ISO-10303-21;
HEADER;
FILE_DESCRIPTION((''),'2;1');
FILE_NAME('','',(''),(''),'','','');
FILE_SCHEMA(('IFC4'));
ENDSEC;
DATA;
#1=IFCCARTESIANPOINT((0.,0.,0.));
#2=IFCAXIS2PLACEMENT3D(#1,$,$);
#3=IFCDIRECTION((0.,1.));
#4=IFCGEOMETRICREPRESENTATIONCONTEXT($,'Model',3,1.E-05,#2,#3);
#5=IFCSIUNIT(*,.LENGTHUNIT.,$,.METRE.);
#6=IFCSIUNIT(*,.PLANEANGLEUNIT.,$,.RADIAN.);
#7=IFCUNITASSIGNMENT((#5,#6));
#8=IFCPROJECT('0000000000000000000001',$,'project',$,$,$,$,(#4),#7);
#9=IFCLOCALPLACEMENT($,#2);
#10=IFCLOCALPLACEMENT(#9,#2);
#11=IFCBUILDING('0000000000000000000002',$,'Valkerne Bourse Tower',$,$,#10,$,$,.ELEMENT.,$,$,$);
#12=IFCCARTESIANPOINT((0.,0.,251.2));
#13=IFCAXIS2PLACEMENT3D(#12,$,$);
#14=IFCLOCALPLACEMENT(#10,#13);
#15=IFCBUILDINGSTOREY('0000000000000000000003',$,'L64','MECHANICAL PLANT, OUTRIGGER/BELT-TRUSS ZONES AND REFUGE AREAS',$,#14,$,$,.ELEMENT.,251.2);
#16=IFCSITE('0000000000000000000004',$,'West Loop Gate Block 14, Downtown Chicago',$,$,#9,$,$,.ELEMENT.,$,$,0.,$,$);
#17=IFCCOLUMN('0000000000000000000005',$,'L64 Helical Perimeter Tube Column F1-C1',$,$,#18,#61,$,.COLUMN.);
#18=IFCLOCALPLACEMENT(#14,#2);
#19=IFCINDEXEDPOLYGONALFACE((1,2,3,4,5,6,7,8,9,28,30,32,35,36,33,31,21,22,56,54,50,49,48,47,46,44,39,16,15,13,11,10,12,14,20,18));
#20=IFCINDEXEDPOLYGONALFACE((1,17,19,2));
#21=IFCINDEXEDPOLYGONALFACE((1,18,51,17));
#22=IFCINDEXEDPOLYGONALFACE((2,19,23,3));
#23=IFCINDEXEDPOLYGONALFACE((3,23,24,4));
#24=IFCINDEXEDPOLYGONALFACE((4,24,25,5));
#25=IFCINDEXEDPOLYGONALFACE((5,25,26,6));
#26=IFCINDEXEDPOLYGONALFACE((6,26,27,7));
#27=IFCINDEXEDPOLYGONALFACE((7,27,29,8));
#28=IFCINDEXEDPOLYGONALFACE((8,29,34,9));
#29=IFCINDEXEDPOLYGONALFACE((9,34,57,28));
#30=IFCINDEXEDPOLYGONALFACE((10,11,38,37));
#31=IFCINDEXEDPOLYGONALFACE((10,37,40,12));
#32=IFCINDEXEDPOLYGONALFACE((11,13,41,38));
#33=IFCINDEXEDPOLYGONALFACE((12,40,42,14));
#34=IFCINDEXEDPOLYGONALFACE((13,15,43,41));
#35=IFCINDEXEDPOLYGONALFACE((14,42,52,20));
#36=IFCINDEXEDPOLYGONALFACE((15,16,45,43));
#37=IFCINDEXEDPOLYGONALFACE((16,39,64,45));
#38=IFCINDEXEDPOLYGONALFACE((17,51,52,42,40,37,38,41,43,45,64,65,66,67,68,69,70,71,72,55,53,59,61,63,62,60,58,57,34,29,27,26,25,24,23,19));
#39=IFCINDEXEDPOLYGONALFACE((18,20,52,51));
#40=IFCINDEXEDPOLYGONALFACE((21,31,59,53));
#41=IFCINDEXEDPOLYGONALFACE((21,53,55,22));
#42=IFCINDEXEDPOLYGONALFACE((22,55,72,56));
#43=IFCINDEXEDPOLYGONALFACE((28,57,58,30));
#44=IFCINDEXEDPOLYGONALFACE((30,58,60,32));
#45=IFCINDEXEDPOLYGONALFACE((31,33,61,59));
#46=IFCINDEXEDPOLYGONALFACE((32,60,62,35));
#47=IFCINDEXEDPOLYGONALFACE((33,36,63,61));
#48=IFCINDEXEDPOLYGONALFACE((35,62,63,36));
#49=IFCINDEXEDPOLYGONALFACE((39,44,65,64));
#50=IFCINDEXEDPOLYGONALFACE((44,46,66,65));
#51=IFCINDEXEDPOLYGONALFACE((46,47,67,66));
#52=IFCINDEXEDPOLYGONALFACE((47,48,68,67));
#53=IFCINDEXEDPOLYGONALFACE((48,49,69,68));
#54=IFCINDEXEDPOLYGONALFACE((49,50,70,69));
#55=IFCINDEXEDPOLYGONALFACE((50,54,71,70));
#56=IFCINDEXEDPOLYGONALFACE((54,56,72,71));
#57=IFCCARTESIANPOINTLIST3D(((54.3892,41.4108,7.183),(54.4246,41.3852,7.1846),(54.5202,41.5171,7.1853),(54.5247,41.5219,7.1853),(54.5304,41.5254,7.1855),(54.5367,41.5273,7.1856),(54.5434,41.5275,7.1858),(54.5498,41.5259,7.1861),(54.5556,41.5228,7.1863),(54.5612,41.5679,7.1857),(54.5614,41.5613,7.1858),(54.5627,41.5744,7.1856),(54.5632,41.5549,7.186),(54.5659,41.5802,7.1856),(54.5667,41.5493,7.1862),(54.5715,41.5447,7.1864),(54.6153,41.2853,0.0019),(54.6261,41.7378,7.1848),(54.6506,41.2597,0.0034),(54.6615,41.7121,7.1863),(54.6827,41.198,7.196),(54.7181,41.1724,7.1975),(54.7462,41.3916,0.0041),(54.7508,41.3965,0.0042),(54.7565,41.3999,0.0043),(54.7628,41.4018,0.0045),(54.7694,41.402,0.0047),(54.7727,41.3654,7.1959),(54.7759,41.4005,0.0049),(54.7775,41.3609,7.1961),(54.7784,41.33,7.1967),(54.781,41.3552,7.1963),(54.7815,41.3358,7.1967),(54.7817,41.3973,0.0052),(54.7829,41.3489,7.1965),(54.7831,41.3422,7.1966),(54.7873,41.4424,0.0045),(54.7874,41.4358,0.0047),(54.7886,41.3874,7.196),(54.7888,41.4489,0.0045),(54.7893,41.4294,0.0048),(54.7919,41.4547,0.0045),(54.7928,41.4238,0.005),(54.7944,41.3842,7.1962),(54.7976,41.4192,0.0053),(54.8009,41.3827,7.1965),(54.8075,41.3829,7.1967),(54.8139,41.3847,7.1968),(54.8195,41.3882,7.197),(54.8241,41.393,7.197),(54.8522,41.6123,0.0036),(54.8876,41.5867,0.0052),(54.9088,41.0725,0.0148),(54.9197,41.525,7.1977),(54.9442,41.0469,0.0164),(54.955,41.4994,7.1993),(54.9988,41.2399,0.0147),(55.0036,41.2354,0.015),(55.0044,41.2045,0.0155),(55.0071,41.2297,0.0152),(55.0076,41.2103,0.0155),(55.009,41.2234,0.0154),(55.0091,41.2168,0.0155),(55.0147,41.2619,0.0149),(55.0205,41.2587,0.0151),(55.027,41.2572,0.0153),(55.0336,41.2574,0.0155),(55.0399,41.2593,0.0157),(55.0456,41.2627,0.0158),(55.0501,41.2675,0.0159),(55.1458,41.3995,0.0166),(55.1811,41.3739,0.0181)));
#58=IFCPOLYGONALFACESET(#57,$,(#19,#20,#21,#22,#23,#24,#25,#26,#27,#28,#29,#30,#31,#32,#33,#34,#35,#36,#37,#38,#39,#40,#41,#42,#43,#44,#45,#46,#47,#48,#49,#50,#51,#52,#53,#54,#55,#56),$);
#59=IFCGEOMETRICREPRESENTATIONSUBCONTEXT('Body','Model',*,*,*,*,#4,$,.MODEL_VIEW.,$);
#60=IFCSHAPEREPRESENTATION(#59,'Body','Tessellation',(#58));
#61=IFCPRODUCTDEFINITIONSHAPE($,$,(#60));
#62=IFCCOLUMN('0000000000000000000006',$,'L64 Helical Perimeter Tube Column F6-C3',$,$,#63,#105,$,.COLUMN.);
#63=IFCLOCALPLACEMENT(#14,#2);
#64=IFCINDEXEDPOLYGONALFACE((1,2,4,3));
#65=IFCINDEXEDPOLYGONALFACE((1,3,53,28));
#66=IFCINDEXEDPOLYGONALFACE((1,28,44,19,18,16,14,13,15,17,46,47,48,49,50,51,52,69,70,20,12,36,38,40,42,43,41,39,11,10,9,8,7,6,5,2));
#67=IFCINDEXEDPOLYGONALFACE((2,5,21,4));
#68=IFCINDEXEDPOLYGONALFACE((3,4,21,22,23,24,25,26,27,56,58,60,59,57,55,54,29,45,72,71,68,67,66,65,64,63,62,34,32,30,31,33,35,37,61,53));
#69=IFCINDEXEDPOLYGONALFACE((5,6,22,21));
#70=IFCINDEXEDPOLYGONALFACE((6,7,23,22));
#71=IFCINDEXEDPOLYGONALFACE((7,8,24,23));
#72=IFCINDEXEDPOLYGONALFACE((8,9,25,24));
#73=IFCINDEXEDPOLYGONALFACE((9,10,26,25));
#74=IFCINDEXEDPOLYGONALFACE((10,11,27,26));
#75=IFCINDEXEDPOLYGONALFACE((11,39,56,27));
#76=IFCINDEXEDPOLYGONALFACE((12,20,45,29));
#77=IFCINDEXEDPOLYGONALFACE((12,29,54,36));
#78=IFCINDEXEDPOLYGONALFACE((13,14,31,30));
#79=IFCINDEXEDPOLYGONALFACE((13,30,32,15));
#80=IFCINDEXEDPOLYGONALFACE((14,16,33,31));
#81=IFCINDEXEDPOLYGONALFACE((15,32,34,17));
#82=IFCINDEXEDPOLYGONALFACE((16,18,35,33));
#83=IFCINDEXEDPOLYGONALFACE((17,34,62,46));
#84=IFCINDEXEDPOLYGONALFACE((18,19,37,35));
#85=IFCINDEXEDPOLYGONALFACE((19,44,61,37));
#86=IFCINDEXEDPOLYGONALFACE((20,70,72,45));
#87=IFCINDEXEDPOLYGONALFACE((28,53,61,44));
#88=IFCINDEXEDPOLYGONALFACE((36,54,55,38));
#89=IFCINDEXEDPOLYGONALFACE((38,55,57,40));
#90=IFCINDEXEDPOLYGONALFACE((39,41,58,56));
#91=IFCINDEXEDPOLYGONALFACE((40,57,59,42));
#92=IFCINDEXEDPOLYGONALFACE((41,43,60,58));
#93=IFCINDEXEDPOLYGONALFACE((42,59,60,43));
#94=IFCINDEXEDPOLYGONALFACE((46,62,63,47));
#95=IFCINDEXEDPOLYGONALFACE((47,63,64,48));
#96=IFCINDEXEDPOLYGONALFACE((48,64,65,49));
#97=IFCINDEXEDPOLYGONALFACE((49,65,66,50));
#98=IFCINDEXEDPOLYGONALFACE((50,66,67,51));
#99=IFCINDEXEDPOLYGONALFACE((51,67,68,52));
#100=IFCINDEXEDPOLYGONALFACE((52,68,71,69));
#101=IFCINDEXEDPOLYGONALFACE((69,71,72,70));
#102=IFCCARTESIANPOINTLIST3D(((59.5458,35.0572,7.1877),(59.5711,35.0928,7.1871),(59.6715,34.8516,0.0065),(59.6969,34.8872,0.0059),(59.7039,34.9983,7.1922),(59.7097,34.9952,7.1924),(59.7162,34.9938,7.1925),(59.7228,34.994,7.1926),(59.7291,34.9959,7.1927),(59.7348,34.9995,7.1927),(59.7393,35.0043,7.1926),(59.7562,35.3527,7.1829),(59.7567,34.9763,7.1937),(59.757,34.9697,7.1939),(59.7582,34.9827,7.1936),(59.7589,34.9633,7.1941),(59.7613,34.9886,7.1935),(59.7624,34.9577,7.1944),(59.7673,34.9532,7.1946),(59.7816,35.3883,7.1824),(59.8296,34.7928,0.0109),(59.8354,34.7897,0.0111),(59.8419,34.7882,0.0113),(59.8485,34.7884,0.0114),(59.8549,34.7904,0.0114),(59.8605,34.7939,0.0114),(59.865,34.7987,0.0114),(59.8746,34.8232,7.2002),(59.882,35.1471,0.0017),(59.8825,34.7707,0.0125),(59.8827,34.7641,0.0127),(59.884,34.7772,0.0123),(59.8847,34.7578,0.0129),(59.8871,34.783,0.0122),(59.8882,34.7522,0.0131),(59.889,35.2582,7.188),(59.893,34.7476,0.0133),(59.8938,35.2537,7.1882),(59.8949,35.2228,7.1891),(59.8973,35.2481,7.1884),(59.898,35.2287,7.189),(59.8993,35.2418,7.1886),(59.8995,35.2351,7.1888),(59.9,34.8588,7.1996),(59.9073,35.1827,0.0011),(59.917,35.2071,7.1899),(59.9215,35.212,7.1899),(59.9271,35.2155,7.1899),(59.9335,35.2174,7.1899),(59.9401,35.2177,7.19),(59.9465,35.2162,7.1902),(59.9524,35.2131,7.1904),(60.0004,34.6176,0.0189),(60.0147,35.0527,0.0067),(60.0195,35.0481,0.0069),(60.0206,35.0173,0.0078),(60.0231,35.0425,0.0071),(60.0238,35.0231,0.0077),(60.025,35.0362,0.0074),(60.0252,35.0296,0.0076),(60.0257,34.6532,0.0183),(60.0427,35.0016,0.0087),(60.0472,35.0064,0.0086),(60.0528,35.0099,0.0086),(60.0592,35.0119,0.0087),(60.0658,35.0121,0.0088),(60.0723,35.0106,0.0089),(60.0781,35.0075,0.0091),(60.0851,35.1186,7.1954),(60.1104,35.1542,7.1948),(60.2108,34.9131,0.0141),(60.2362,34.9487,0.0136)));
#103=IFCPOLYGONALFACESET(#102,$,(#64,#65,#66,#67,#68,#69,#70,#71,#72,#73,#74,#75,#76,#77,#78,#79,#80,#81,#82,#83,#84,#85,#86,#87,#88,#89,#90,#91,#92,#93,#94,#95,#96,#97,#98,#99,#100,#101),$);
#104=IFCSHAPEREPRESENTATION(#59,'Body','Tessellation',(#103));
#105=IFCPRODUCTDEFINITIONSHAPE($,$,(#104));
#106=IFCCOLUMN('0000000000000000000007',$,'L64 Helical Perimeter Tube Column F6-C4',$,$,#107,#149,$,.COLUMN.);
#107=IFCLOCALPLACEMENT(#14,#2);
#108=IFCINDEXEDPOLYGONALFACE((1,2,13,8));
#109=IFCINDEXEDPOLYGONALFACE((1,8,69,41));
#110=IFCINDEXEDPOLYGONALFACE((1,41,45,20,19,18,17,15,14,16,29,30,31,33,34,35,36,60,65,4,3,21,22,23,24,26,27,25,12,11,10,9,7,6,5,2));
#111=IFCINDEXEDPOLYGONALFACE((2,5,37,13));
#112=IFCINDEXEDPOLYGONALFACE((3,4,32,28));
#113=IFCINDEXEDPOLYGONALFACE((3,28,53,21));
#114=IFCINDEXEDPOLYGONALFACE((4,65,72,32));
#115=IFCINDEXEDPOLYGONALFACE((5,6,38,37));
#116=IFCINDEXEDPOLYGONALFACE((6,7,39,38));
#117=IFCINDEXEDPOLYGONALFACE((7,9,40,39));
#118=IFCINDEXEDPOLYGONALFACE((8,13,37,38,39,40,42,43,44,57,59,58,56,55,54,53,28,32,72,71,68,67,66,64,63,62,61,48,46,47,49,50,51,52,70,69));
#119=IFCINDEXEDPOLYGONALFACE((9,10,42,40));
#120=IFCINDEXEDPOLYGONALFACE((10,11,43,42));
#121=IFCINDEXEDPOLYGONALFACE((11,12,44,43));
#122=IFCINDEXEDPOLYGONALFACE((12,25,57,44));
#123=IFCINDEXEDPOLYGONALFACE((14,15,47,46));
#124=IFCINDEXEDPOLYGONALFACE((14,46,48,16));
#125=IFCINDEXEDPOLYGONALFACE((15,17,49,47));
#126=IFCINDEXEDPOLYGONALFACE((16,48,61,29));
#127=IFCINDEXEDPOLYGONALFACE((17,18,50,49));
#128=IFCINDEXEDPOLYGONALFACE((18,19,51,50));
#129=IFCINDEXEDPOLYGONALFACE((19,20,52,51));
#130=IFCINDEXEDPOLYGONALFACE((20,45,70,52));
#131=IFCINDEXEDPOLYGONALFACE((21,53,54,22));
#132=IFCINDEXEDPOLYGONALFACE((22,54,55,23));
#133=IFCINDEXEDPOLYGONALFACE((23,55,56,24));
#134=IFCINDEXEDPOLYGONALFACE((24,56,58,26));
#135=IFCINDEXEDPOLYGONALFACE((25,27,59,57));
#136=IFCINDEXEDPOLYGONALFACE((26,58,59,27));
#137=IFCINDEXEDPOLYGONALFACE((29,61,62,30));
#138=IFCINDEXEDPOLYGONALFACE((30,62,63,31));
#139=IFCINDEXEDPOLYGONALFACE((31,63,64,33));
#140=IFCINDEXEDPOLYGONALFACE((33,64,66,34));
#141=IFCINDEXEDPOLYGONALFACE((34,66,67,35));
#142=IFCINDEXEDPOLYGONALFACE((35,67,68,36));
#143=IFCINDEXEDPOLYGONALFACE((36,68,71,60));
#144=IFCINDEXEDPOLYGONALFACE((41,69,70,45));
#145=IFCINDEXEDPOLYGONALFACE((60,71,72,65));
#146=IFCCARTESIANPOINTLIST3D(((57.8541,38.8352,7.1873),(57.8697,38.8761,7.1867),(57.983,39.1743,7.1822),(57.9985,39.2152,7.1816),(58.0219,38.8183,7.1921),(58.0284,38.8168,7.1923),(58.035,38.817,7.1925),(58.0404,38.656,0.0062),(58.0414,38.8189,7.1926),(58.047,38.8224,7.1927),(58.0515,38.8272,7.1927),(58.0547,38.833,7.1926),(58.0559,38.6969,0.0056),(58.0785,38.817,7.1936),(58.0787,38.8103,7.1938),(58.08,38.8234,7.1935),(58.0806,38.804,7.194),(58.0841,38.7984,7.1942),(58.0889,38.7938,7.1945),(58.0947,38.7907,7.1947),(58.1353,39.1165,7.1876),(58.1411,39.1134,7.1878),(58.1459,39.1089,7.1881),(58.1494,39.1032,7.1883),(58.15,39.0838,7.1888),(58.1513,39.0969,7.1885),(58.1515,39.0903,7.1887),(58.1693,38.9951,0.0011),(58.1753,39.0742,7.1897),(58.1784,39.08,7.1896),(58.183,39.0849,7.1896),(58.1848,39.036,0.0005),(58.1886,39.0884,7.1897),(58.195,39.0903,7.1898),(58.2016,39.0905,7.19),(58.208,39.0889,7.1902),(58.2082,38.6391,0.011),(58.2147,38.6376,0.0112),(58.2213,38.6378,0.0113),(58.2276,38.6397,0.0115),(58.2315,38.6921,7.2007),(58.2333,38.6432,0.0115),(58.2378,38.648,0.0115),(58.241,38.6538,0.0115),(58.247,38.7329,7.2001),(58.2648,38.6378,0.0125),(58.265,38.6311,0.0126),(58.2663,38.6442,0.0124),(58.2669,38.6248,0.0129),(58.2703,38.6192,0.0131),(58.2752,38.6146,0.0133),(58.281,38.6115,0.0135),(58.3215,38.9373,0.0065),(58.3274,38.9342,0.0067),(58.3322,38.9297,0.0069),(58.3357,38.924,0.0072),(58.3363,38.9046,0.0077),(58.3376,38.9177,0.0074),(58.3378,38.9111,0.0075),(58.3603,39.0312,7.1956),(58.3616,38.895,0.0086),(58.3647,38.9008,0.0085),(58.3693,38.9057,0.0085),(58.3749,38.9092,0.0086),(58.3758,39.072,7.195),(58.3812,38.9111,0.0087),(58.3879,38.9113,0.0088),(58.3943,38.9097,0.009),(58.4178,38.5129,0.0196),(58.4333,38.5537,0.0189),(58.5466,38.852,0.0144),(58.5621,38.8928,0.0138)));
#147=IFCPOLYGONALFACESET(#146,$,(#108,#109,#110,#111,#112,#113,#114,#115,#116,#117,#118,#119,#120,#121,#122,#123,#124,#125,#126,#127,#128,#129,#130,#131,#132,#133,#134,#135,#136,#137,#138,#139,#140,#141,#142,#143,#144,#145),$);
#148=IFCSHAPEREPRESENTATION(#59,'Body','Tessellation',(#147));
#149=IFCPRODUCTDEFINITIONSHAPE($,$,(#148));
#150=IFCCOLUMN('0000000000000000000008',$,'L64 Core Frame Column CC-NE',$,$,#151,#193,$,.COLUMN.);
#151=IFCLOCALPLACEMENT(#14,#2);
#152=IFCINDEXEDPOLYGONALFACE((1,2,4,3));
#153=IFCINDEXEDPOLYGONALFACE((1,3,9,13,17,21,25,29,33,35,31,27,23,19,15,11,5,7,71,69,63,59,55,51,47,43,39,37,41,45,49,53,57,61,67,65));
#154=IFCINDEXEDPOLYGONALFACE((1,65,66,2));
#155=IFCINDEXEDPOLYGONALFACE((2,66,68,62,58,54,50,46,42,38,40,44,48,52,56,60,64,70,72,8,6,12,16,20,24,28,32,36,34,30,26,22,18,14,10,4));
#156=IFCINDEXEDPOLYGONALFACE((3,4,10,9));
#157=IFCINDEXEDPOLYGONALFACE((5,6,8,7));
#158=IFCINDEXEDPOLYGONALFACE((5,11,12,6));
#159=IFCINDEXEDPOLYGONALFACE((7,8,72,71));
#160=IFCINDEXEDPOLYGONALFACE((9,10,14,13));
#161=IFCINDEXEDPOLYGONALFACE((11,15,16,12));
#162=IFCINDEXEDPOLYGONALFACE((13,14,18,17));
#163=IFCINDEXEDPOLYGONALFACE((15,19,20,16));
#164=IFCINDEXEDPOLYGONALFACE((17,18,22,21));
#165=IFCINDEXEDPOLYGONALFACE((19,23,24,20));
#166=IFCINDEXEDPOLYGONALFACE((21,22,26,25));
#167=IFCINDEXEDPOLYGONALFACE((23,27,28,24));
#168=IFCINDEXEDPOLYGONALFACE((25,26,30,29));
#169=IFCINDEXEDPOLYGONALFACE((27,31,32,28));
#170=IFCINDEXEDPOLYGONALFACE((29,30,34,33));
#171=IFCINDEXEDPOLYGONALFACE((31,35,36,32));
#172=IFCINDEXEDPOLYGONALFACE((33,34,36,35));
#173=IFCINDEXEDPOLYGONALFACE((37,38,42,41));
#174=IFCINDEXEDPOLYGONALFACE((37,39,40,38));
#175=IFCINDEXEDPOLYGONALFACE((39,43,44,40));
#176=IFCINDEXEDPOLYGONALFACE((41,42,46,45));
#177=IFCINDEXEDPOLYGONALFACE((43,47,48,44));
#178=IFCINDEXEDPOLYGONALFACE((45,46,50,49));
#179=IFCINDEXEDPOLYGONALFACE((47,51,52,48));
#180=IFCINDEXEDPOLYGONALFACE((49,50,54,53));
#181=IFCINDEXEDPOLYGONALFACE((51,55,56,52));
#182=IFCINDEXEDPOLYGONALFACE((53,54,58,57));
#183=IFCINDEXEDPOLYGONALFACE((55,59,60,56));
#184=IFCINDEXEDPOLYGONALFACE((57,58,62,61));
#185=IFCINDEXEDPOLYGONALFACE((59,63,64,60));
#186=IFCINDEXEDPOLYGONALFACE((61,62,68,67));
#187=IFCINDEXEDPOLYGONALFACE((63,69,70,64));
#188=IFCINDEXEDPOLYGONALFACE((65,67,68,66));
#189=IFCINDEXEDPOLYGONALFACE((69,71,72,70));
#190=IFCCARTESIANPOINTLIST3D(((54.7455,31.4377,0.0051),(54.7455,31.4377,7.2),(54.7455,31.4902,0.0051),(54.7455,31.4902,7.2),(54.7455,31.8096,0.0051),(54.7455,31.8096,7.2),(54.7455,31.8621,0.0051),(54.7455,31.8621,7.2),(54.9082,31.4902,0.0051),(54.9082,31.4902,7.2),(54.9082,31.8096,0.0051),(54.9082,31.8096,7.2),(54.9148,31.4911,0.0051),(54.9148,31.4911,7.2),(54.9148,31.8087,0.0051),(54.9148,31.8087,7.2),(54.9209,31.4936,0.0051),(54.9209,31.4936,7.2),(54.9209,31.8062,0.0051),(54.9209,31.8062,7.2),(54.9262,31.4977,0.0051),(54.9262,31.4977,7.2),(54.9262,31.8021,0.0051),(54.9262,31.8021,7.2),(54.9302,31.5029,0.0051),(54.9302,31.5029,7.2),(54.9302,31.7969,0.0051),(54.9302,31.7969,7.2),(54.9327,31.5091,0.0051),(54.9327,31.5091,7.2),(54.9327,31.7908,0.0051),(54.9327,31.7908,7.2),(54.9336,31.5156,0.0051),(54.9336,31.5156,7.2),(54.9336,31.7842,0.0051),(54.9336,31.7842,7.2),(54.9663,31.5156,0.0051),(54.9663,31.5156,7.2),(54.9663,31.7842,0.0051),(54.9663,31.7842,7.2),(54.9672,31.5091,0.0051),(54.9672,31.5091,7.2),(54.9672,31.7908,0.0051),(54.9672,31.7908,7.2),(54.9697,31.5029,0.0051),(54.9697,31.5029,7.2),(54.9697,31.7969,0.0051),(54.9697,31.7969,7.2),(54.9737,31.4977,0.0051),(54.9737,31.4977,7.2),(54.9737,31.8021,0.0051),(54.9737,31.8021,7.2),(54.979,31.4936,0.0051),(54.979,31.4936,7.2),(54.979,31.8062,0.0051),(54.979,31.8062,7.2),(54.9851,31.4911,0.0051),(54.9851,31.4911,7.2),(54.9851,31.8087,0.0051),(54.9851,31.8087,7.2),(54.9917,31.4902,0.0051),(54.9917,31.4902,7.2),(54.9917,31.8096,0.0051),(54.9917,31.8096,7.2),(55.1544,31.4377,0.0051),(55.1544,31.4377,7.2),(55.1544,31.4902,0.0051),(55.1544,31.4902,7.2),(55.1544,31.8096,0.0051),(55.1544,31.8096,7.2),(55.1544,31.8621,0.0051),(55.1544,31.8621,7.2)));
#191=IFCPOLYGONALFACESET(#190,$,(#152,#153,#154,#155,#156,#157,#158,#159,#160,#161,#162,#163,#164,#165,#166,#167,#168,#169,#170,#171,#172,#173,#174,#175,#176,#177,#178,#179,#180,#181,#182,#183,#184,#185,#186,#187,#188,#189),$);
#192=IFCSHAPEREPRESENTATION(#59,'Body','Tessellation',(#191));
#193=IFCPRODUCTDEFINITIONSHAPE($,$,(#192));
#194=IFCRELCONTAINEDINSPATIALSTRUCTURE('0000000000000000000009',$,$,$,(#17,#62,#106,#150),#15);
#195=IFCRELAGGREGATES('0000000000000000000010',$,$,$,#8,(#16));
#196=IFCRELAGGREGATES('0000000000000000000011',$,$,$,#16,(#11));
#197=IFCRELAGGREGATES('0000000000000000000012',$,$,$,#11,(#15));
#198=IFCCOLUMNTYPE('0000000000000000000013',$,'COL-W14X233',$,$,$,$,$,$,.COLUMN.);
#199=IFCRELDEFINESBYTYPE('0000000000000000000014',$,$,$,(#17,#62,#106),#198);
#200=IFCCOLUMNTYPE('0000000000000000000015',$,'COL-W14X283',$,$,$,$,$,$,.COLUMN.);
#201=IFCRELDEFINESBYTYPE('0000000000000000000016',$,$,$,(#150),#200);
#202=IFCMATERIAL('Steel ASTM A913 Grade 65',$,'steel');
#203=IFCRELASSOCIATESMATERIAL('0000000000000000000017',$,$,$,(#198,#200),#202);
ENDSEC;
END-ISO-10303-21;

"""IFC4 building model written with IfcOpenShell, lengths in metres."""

from ifc_helpers import new_model, si_unit, direction, frame, origin, origin_2d, place, context, subcontext, project, spatial, i_section, extrude, material, material_profile, profile_set, type_object, element, save


model = new_model("IFC4")

# Units and contexts
model_context = context("Model", 3, precision=1e-05, world=origin(), true_north=direction((0.0, 1.0)))
body_context = subcontext(model_context, "Body", "Model", "MODEL_VIEW")
ifc_project = project(units=[si_unit("LENGTHUNIT", "METRE"), si_unit("PLANEANGLEUNIT", "RADIAN")], contexts=[model_context])

# Site, building, storey
site_placement = place(None, origin())
site = spatial("IfcSite", under=ifc_project, at=site_placement, Name="West Loop Gate Block 14, Downtown Chicago", CompositionType="ELEMENT", RefElevation=0.0)
building_placement = place(site_placement, origin())
building = spatial("IfcBuilding", under=site, at=building_placement, Name="Valkerne Bourse Tower", CompositionType="ELEMENT")
storey_placement = place(building_placement, frame((0.0, 0.0, 251.2)))
storey = spatial("IfcBuildingStorey", under=building, at=storey_placement, Name="L64", Description="MECHANICAL PLANT, OUTRIGGER/BELT-TRUSS ZONES AND REFUGE AREAS", CompositionType="ELEMENT", Elevation=251.2)

# Columns
ifc_material_1 = material(Name="Steel ASTM A913 Grade 65", Category="steel")
ifc_material_profile_1 = material_profile(ifc_material_1, i_section(OverallWidth=0.4038, OverallDepth=0.4065, WebThickness=0.0271, FlangeThickness=0.0437, FilletRadius=0.0254, at=origin_2d()), Name="W14X233")
ifc_profile_set_1 = profile_set([ifc_material_profile_1], Name="Steel ASTM A913 Grade 65")
column_type_1 = type_object("IfcColumnType", Name="COL-W14X233", PredefinedType="COLUMN", material=ifc_profile_set_1)
column_1_placement = place(storey_placement, frame((54.8982, 41.3296, 0.01), z_axis=(-0.031461, 0.017463, 0.999352), x_axis=(0.586779, 0.809736, 0.004323)))
element("IfcColumn", 1, at=column_1_placement, inside=storey, type_object=column_type_1, Name="L64 Helical Perimeter Tube Column F1-C1", PredefinedType="COLUMN", context=body_context, shape_type="SweptSolid", body=[
    extrude(i_section(OverallWidth=0.4038, OverallDepth=0.4065, WebThickness=0.0271, FlangeThickness=0.0437, FilletRadius=0.0254, at=origin_2d()), origin(), (0.0, 0.0, 1.0), 7.1858),
])
column_2_placement = place(storey_placement, frame((59.9539, 34.9001, 0.01), z_axis=(-0.017499, 0.02861, 0.999437), x_axis=(0.814368, -0.579528, 0.030848)))
element("IfcColumn", 2, at=column_2_placement, inside=storey, type_object=column_type_1, Name="L64 Helical Perimeter Tube Column F6-C3", PredefinedType="COLUMN", context=body_context, shape_type="SweptSolid", body=[
    extrude(i_section(OverallWidth=0.4038, OverallDepth=0.4065, WebThickness=0.0271, FlangeThickness=0.0437, FilletRadius=0.0254, at=origin_2d()), origin(), (0.0, 0.0, 1.0), 7.1853),
])
column_3_placement = place(storey_placement, frame((58.3013, 38.7744, 0.01), z_axis=(-0.025923, 0.024938, 0.999353), x_axis=(0.934457, -0.354534, 0.033087)))
element("IfcColumn", 3, at=column_3_placement, inside=storey, type_object=column_type_1, Name="L64 Helical Perimeter Tube Column F6-C4", PredefinedType="COLUMN", context=body_context, shape_type="SweptSolid", body=[
    extrude(i_section(OverallWidth=0.4038, OverallDepth=0.4065, WebThickness=0.0271, FlangeThickness=0.0437, FilletRadius=0.0254, at=origin_2d()), origin(), (0.0, 0.0, 1.0), 7.1858),
])
ifc_material_profile_2 = material_profile(ifc_material_1, i_section(OverallWidth=0.4089, OverallDepth=0.4243, WebThickness=0.0327, FlangeThickness=0.0525, FilletRadius=0.0254, at=origin_2d()), Name="W14X283")
ifc_profile_set_2 = profile_set([ifc_material_profile_2], Name="Steel ASTM A913 Grade 65")
column_type_2 = type_object("IfcColumnType", Name="COL-W14X283", PredefinedType="COLUMN", material=ifc_profile_set_2)
column_4_placement = place(storey_placement, frame((54.95, 31.6499, 0.0051), z_axis=(0.0, 0.0, 1.0), x_axis=(1.0, 0.0, 0.0)))
element("IfcColumn", 4, at=column_4_placement, inside=storey, type_object=column_type_2, Name="L64 Core Frame Column CC-NE", PredefinedType="COLUMN", context=body_context, shape_type="SweptSolid", body=[
    extrude(i_section(OverallWidth=0.4089, OverallDepth=0.4243, WebThickness=0.0327, FlangeThickness=0.0525, FilletRadius=0.0254, at=origin_2d()), origin(), (0.0, 0.0, 1.0), 7.1948),
])

save(model, "model.ifc")
